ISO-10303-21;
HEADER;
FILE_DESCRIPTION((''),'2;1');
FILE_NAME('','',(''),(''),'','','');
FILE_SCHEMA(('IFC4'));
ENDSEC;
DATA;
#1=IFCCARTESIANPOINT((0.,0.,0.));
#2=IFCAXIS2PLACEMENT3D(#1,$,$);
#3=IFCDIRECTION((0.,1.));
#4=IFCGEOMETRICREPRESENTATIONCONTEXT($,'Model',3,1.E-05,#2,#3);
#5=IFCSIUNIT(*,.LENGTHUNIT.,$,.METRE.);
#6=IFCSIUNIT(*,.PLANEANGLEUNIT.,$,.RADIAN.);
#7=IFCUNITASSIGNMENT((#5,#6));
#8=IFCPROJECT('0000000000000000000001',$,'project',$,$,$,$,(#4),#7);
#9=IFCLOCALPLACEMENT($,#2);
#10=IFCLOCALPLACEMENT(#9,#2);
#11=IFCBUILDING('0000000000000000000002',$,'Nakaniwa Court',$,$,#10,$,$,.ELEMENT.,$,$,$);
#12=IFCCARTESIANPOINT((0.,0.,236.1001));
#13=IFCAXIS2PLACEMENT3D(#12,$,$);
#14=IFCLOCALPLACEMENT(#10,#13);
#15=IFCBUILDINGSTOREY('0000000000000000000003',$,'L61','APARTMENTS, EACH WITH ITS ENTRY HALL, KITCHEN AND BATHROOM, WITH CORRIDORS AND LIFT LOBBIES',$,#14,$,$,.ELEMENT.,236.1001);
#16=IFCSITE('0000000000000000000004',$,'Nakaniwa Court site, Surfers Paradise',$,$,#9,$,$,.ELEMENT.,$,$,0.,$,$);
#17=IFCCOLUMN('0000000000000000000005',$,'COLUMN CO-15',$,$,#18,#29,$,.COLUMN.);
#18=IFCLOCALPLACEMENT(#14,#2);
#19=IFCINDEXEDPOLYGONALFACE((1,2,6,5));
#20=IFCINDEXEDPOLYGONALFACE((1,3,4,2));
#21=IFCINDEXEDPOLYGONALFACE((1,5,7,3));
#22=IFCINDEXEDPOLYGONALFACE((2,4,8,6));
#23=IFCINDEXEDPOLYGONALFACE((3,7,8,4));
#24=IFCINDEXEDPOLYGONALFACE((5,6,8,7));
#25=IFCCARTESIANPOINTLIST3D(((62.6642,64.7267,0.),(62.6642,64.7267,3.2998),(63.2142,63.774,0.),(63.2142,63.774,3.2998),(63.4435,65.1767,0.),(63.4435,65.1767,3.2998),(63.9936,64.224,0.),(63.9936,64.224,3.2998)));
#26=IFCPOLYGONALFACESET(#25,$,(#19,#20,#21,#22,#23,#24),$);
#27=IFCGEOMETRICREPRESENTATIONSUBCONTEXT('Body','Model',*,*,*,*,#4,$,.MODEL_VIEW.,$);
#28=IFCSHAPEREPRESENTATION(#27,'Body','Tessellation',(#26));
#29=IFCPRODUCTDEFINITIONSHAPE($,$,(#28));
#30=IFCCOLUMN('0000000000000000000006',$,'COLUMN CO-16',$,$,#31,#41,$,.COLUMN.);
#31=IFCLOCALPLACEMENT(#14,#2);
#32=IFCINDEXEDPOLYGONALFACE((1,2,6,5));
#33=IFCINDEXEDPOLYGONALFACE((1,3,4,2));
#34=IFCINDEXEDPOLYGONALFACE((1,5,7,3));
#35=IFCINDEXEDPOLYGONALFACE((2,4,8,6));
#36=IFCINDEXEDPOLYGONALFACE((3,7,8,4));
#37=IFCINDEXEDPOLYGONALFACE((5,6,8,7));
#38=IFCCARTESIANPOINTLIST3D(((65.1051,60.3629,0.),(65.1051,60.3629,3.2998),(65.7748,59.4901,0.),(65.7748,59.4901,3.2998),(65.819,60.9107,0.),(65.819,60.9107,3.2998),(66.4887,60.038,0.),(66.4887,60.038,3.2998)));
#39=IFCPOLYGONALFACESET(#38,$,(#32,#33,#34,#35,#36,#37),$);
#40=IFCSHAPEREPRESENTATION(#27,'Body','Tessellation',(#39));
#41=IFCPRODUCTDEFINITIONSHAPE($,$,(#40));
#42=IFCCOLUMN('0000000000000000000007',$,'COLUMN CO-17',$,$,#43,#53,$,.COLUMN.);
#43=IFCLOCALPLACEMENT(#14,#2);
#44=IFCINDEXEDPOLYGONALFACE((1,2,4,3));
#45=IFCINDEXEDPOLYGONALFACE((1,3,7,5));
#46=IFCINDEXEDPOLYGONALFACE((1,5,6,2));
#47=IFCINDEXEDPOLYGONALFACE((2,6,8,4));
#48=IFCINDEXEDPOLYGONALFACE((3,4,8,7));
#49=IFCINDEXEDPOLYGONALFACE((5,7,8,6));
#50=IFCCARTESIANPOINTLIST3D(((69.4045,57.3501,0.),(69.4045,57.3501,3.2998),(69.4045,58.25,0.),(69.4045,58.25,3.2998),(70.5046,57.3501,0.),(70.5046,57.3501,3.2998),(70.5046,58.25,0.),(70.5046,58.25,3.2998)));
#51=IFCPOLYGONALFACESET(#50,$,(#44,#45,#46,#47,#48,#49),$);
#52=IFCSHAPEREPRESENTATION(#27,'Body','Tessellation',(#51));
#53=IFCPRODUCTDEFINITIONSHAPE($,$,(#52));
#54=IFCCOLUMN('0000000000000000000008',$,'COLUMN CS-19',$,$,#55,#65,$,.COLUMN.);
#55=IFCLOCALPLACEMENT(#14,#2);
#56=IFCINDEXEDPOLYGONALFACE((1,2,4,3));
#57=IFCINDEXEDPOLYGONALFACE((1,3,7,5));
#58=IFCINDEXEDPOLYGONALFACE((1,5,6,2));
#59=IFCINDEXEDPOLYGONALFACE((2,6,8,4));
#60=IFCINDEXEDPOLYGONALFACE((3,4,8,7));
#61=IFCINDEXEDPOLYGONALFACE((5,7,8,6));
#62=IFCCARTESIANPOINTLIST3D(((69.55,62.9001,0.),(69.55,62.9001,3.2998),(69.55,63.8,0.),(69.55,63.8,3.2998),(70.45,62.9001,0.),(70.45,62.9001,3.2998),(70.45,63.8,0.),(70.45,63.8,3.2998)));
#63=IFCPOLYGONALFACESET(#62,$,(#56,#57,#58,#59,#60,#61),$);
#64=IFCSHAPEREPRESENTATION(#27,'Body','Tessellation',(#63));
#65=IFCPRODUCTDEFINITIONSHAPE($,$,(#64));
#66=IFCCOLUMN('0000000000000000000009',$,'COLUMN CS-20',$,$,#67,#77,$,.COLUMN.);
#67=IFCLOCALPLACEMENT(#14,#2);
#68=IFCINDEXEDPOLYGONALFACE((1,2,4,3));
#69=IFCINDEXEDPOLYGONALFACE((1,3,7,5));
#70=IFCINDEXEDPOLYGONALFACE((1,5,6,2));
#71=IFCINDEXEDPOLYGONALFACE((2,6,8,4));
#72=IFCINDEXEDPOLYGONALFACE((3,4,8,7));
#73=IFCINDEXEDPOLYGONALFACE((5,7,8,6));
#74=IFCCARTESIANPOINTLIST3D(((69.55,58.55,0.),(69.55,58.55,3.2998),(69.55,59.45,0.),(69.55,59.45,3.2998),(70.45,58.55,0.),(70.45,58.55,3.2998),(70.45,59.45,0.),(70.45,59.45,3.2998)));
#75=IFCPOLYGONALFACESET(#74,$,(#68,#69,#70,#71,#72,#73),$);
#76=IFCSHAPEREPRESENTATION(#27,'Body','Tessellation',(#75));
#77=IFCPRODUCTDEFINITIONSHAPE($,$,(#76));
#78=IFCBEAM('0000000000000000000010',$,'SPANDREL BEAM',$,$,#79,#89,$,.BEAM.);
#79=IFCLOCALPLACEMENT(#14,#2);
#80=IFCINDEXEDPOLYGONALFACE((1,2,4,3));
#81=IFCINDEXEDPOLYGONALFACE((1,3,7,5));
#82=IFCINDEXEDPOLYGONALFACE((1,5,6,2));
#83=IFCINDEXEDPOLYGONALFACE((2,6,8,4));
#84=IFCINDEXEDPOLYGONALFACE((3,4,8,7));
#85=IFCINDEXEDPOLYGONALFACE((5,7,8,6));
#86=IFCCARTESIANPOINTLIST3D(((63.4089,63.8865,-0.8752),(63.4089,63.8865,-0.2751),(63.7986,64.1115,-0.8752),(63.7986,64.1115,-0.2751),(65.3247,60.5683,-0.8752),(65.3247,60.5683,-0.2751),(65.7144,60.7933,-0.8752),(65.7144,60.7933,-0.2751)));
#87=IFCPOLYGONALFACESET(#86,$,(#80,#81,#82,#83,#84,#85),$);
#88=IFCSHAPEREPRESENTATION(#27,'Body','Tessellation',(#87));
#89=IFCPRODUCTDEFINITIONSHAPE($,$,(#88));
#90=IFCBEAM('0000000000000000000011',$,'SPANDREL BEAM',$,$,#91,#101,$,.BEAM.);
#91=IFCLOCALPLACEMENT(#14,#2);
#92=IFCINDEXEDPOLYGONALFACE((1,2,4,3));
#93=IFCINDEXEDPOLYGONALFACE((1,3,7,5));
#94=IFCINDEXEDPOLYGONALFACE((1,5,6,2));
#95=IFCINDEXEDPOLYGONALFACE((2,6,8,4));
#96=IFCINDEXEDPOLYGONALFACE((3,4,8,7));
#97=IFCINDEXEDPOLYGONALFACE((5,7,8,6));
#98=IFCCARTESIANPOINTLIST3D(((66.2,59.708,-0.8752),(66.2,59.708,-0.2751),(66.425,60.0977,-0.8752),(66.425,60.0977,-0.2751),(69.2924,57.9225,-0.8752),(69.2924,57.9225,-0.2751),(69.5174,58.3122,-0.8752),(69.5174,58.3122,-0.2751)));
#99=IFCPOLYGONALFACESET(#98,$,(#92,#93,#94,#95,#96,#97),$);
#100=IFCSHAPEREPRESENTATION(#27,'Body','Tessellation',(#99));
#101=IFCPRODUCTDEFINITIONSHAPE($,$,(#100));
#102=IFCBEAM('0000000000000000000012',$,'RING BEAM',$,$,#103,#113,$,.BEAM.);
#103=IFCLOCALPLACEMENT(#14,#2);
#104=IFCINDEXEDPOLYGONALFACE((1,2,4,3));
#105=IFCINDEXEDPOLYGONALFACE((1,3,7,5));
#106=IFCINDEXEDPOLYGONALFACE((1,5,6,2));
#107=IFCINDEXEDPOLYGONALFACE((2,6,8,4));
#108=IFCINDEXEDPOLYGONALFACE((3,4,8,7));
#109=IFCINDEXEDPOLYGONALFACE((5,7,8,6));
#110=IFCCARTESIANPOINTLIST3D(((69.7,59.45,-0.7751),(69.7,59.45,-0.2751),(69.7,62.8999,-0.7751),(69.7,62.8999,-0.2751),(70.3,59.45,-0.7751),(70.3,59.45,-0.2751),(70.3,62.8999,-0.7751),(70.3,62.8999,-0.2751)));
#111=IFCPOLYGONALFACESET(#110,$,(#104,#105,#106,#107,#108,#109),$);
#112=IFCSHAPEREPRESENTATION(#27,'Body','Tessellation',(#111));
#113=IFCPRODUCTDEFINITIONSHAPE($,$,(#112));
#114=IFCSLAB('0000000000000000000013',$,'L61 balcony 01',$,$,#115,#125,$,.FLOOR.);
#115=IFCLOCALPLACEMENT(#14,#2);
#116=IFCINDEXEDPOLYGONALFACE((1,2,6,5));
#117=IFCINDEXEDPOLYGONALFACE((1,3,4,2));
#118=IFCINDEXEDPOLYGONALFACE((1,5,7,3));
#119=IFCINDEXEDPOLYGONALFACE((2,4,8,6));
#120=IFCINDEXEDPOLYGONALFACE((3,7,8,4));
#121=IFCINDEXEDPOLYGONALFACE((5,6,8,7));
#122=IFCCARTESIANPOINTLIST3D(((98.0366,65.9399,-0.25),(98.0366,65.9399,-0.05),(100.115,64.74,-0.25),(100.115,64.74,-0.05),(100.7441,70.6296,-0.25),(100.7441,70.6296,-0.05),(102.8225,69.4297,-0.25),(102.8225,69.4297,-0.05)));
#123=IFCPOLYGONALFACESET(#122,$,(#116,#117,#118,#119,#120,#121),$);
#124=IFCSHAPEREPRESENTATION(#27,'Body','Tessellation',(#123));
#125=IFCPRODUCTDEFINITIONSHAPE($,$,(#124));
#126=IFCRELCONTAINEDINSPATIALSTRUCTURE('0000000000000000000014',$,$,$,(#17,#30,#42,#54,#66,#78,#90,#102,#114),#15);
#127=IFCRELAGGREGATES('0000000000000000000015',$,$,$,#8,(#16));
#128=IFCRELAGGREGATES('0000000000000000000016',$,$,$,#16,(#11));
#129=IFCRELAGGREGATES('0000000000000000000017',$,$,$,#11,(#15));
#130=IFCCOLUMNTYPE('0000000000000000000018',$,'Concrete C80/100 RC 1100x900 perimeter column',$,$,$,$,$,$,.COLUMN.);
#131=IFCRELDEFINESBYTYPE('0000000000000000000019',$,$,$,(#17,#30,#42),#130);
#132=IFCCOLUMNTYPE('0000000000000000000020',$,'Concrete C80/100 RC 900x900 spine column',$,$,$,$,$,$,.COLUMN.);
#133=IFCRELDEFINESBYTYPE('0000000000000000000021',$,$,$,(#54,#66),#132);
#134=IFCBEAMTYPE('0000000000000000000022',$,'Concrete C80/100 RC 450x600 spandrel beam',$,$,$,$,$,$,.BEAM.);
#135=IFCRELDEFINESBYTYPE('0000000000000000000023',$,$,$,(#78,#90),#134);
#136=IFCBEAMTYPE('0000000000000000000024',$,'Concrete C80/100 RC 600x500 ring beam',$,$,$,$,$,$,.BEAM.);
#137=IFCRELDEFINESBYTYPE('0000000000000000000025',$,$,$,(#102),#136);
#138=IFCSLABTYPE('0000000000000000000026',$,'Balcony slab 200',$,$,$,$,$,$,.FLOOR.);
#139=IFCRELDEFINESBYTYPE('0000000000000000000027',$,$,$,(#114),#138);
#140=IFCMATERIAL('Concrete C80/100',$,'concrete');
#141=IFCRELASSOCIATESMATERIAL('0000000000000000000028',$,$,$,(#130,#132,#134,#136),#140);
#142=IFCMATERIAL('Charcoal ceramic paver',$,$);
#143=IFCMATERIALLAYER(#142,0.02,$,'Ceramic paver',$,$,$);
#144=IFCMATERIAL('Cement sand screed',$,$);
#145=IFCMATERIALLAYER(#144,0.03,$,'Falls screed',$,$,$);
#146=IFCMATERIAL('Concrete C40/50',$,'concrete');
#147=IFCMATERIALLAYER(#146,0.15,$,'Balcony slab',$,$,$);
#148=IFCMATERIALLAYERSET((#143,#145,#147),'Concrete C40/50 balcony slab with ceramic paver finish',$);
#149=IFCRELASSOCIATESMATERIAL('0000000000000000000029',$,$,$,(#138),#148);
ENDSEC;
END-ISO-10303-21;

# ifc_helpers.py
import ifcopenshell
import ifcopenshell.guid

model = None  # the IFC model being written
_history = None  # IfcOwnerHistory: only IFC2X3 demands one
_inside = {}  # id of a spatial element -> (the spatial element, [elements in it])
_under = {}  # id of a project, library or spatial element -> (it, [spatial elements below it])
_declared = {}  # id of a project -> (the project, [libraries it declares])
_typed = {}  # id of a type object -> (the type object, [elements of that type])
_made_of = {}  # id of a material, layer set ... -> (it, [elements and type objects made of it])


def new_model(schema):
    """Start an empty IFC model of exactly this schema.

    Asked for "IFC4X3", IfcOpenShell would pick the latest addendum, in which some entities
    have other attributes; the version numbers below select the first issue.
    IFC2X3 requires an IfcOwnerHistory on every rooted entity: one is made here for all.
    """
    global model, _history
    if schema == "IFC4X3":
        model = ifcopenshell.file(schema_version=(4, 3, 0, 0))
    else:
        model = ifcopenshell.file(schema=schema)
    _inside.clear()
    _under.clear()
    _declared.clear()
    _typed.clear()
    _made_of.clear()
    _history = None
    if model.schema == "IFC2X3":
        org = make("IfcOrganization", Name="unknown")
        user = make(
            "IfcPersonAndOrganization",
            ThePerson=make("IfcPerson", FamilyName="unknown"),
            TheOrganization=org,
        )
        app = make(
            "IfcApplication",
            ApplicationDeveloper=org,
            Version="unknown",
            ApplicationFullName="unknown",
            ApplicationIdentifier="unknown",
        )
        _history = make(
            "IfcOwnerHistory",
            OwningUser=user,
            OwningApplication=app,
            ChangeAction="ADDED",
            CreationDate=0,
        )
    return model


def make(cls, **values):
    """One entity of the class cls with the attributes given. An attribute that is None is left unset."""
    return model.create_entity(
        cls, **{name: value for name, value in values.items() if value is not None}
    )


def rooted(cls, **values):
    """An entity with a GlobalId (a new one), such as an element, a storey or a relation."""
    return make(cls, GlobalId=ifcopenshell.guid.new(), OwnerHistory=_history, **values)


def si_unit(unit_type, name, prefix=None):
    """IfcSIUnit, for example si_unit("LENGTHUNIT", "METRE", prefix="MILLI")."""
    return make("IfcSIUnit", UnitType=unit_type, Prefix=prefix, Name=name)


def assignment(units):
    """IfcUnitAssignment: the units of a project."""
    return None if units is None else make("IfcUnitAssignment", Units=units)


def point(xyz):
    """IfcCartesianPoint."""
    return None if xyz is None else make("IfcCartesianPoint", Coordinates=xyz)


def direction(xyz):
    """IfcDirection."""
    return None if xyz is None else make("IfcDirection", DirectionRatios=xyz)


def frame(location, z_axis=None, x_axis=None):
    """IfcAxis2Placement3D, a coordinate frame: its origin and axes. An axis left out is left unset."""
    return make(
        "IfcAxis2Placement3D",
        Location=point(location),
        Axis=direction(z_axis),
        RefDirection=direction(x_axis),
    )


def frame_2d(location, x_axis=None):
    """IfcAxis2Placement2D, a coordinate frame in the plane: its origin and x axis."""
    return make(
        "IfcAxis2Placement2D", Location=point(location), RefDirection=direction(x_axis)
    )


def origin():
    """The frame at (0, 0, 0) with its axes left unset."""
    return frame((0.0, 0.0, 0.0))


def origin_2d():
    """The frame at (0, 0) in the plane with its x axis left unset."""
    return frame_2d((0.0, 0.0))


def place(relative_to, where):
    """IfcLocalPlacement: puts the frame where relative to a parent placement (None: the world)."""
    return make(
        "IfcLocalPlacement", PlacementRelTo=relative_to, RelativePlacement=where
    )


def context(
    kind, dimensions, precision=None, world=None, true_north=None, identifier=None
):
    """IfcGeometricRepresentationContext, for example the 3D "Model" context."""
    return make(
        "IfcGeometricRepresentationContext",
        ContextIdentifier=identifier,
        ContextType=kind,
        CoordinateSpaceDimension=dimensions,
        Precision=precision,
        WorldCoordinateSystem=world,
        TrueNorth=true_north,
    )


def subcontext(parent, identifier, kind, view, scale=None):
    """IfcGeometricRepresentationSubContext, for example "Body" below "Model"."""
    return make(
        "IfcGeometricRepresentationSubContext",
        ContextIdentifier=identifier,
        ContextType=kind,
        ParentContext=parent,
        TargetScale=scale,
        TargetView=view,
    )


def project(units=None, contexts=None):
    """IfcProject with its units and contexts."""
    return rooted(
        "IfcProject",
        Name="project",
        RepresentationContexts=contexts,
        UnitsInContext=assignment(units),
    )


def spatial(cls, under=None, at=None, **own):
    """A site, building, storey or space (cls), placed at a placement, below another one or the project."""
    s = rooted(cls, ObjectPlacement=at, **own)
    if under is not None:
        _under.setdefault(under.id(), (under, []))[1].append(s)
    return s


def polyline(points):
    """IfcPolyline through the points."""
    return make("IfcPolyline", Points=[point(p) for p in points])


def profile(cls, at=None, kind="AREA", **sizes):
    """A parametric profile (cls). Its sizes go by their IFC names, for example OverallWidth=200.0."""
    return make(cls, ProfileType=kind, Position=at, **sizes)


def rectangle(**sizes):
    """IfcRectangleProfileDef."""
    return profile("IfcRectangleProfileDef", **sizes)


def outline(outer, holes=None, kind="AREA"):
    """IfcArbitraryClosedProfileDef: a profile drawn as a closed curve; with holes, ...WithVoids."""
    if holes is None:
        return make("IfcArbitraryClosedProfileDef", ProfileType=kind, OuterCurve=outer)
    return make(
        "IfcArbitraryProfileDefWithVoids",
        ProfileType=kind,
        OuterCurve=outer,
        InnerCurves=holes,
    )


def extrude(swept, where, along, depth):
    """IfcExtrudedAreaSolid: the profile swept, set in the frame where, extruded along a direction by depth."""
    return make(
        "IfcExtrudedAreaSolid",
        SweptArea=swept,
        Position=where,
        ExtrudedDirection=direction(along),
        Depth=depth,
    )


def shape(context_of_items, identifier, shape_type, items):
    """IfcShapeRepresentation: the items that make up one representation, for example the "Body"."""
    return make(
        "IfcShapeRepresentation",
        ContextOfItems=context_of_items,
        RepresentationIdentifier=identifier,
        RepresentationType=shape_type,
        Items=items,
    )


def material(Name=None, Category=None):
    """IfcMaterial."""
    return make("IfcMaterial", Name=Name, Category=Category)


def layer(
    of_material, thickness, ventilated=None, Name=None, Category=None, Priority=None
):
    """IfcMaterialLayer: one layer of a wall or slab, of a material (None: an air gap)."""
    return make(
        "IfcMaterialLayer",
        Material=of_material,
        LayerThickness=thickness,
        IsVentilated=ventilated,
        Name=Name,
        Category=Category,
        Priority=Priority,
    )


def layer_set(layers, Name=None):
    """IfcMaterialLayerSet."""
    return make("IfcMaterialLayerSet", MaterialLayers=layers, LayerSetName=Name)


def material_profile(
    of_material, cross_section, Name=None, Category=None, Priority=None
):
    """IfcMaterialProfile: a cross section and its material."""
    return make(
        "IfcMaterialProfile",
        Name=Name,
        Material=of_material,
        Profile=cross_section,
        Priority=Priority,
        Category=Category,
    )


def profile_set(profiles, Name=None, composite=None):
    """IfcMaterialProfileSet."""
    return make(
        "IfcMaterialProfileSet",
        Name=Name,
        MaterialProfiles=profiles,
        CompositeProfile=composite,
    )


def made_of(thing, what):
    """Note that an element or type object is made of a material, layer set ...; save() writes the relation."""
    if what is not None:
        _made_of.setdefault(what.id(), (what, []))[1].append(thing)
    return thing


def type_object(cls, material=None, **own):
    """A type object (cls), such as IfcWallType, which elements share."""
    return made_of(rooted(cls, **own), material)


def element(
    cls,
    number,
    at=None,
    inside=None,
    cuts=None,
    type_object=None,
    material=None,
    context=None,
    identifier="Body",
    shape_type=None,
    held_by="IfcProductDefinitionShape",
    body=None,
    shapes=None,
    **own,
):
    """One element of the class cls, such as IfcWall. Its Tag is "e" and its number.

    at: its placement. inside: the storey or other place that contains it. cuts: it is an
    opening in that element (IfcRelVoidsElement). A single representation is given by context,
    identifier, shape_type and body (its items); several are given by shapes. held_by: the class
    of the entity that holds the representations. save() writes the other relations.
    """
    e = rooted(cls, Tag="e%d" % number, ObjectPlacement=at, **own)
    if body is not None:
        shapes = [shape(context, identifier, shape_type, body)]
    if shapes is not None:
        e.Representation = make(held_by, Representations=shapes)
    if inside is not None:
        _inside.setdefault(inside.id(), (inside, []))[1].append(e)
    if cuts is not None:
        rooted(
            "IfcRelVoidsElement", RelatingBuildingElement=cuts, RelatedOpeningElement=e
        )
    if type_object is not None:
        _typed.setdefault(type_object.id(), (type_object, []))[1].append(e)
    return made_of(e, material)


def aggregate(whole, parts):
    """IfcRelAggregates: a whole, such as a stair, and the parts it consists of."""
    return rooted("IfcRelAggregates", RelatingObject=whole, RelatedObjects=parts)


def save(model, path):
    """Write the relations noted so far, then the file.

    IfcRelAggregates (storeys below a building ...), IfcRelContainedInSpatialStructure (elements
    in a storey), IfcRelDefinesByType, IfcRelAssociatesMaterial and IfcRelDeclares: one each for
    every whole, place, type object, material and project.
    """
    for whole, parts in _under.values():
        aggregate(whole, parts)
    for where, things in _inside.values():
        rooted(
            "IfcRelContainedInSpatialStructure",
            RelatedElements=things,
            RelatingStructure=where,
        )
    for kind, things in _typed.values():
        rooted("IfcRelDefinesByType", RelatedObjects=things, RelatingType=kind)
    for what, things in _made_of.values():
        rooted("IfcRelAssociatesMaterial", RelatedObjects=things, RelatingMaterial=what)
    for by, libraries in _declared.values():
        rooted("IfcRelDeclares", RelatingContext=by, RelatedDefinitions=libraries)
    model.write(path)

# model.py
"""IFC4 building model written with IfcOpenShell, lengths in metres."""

from ifc_helpers import new_model, si_unit, direction, frame, origin, origin_2d, place, context, subcontext, project, spatial, polyline, rectangle, outline, extrude, material, layer, layer_set, material_profile, profile_set, type_object, element, save


model = new_model("IFC4")

# Units and contexts
model_context = context("Model", 3, precision=1e-05, world=origin(), true_north=direction((0.0, 1.0)))
body_context = subcontext(model_context, "Body", "Model", "MODEL_VIEW")
ifc_project = project(units=[si_unit("LENGTHUNIT", "METRE"), si_unit("PLANEANGLEUNIT", "RADIAN")], contexts=[model_context])

# Site, building, storey
site_placement = place(None, origin())
site = spatial("IfcSite", under=ifc_project, at=site_placement, Name="Nakaniwa Court site, Surfers Paradise", CompositionType="ELEMENT", RefElevation=0.0)
building_placement = place(site_placement, origin())
building = spatial("IfcBuilding", under=site, at=building_placement, Name="Nakaniwa Court", CompositionType="ELEMENT")
storey_placement = place(building_placement, frame((0.0, 0.0, 236.1001)))
storey = spatial("IfcBuildingStorey", under=building, at=storey_placement, Name="L61", Description="APARTMENTS, EACH WITH ITS ENTRY HALL, KITCHEN AND BATHROOM, WITH CORRIDORS AND LIFT LOBBIES", CompositionType="ELEMENT", Elevation=236.1001)

# Columns
ifc_material_1 = material(Name="Concrete C80/100", Category="concrete")
ifc_material_profile_1 = material_profile(ifc_material_1, rectangle(XDim=1.1001, YDim=0.8999, at=origin_2d()), Name="Concrete C80/100 RC 1100x900 perimeter column")
ifc_profile_set_1 = profile_set([ifc_material_profile_1], Name="Concrete C80/100")
column_type_1 = type_object("IfcColumnType", Name="Concrete C80/100 RC 1100x900 perimeter column", PredefinedType="COLUMN", material=ifc_profile_set_1)
for number, where, z_axis, x_axis, name in (
    (1, (63.3289, 64.4753, 0.0), (0.0, 0.0, 1.0), (0.5, -0.866025, 0.0), "COLUMN CO-15"),
    (2, (65.7969, 60.2004, 0.0), (0.0, 0.0, 1.0), (0.608761, -0.793353, 0.0), "COLUMN CO-16"),
    (3, (69.9546, 57.8, 0.0), (0.0, 0.0, 1.0), (1.0, 0.0, 0.0), "COLUMN CO-17"),
):
    element("IfcColumn", number, at=place(storey_placement, frame(where, z_axis=z_axis, x_axis=x_axis)), inside=storey, type_object=column_type_1, Name=name, PredefinedType="COLUMN", context=body_context, shape_type="SweptSolid", body=[
        extrude(rectangle(XDim=1.1001, YDim=0.8999, at=origin_2d()), origin(), (0.0, 0.0, 1.0), 3.2998),
    ])
ifc_material_profile_2 = material_profile(ifc_material_1, rectangle(XDim=0.8999, YDim=0.8999, at=origin_2d()), Name="Concrete C80/100 RC 900x900 spine column")
ifc_profile_set_2 = profile_set([ifc_material_profile_2], Name="Concrete C80/100")
column_type_2 = type_object("IfcColumnType", Name="Concrete C80/100 RC 900x900 spine column", PredefinedType="COLUMN", material=ifc_profile_set_2)
for number, where, z_axis, x_axis, name in (
    (4, (70.0, 63.3501, 0.0), (0.0, 0.0, 1.0), (0.0, -1.0, 0.0), "COLUMN CS-19"),
    (5, (70.0, 59.0, 0.0), (0.0, 0.0, 1.0), (0.0, -1.0, 0.0), "COLUMN CS-20"),
):
    element("IfcColumn", number, at=place(storey_placement, frame(where, z_axis=z_axis, x_axis=x_axis)), inside=storey, type_object=column_type_2, Name=name, PredefinedType="COLUMN", context=body_context, shape_type="SweptSolid", body=[
        extrude(rectangle(XDim=0.8999, YDim=0.8999, at=origin_2d()), origin(), (0.0, 0.0, 1.0), 3.2998),
    ])

# Beams
ifc_material_profile_3 = material_profile(ifc_material_1, rectangle(XDim=0.45, YDim=0.6001, at=origin_2d()), Name="Concrete C80/100 RC 450x600 spandrel beam")
ifc_profile_set_3 = profile_set([ifc_material_profile_3], Name="Concrete C80/100")
beam_type_1 = type_object("IfcBeamType", Name="Concrete C80/100 RC 450x600 spandrel beam", PredefinedType="BEAM", material=ifc_profile_set_3)
beam_1_placement = place(storey_placement, frame((63.6038, 63.999, -0.5752), z_axis=(0.500011, -0.866019, 0.0), x_axis=(0.866019, 0.500011, 0.0)))
element("IfcBeam", 6, at=beam_1_placement, inside=storey, type_object=beam_type_1, Name="SPANDREL BEAM", PredefinedType="BEAM", context=body_context, shape_type="SweptSolid", body=[
    extrude(rectangle(XDim=0.45, YDim=0.6001, at=origin_2d()), origin(), (0.0, 0.0, 1.0), 3.8315),
])
beam_2_placement = place(storey_placement, frame((66.3125, 59.9028, -0.5752), z_axis=(0.866017, -0.500014, 0.0), x_axis=(0.500014, 0.866017, 0.0)))
element("IfcBeam", 7, at=beam_2_placement, inside=storey, type_object=beam_type_1, Name="SPANDREL BEAM", PredefinedType="BEAM", context=body_context, shape_type="SweptSolid", body=[
    extrude(rectangle(XDim=0.45, YDim=0.6001, at=origin_2d()), origin(), (0.0, 0.0, 1.0), 3.5708),
])
ifc_material_profile_4 = material_profile(ifc_material_1, rectangle(XDim=0.6001, YDim=0.5, at=origin_2d()), Name="Concrete C80/100 RC 600x500 ring beam")
ifc_profile_set_4 = profile_set([ifc_material_profile_4], Name="Concrete C80/100")
beam_type_2 = type_object("IfcBeamType", Name="Concrete C80/100 RC 600x500 ring beam", PredefinedType="BEAM", material=ifc_profile_set_4)
beam_3_placement = place(storey_placement, frame((70.0, 62.8999, -0.5251), z_axis=(0.0, -1.0, 0.0), x_axis=(1.0, 0.0, 0.0)))
element("IfcBeam", 8, at=beam_3_placement, inside=storey, type_object=beam_type_2, Name="RING BEAM", PredefinedType="BEAM", context=body_context, shape_type="SweptSolid", body=[
    extrude(rectangle(XDim=0.6001, YDim=0.5, at=origin_2d()), origin(), (0.0, 0.0, 1.0), 3.45),
])

# Slab
ifc_material_2 = material(Name="Charcoal ceramic paver")
ifc_layer_1 = layer(ifc_material_2, 0.02, Name="Ceramic paver")
ifc_material_3 = material(Name="Cement sand screed")
ifc_layer_2 = layer(ifc_material_3, 0.03, Name="Falls screed")
ifc_material_4 = material(Name="Concrete C40/50", Category="concrete")
ifc_layer_3 = layer(ifc_material_4, 0.15, Name="Balcony slab")
ifc_layer_set_1 = layer_set([ifc_layer_1, ifc_layer_2, ifc_layer_3], Name="Concrete C40/50 balcony slab with ceramic paver finish")
slab_type_1 = type_object("IfcSlabType", Name="Balcony slab 200", PredefinedType="FLOOR", material=ifc_layer_set_1)
slab_1_placement = place(storey_placement, frame((0.0, 0.0, -0.25)))
element("IfcSlab", 9, at=slab_1_placement, inside=storey, type_object=slab_type_1, Name="L61 balcony 01", PredefinedType="FLOOR", context=body_context, shape_type="SweptSolid", body=[
    extrude(outline(polyline([(98.0366, 65.9399), (100.7441, 70.6296), (102.8225, 69.4297), (100.115, 64.74), (98.0366, 65.9399)])), origin(), (0.0, 0.0, 1.0), 0.2),
])

save(model, "model.ifc")
